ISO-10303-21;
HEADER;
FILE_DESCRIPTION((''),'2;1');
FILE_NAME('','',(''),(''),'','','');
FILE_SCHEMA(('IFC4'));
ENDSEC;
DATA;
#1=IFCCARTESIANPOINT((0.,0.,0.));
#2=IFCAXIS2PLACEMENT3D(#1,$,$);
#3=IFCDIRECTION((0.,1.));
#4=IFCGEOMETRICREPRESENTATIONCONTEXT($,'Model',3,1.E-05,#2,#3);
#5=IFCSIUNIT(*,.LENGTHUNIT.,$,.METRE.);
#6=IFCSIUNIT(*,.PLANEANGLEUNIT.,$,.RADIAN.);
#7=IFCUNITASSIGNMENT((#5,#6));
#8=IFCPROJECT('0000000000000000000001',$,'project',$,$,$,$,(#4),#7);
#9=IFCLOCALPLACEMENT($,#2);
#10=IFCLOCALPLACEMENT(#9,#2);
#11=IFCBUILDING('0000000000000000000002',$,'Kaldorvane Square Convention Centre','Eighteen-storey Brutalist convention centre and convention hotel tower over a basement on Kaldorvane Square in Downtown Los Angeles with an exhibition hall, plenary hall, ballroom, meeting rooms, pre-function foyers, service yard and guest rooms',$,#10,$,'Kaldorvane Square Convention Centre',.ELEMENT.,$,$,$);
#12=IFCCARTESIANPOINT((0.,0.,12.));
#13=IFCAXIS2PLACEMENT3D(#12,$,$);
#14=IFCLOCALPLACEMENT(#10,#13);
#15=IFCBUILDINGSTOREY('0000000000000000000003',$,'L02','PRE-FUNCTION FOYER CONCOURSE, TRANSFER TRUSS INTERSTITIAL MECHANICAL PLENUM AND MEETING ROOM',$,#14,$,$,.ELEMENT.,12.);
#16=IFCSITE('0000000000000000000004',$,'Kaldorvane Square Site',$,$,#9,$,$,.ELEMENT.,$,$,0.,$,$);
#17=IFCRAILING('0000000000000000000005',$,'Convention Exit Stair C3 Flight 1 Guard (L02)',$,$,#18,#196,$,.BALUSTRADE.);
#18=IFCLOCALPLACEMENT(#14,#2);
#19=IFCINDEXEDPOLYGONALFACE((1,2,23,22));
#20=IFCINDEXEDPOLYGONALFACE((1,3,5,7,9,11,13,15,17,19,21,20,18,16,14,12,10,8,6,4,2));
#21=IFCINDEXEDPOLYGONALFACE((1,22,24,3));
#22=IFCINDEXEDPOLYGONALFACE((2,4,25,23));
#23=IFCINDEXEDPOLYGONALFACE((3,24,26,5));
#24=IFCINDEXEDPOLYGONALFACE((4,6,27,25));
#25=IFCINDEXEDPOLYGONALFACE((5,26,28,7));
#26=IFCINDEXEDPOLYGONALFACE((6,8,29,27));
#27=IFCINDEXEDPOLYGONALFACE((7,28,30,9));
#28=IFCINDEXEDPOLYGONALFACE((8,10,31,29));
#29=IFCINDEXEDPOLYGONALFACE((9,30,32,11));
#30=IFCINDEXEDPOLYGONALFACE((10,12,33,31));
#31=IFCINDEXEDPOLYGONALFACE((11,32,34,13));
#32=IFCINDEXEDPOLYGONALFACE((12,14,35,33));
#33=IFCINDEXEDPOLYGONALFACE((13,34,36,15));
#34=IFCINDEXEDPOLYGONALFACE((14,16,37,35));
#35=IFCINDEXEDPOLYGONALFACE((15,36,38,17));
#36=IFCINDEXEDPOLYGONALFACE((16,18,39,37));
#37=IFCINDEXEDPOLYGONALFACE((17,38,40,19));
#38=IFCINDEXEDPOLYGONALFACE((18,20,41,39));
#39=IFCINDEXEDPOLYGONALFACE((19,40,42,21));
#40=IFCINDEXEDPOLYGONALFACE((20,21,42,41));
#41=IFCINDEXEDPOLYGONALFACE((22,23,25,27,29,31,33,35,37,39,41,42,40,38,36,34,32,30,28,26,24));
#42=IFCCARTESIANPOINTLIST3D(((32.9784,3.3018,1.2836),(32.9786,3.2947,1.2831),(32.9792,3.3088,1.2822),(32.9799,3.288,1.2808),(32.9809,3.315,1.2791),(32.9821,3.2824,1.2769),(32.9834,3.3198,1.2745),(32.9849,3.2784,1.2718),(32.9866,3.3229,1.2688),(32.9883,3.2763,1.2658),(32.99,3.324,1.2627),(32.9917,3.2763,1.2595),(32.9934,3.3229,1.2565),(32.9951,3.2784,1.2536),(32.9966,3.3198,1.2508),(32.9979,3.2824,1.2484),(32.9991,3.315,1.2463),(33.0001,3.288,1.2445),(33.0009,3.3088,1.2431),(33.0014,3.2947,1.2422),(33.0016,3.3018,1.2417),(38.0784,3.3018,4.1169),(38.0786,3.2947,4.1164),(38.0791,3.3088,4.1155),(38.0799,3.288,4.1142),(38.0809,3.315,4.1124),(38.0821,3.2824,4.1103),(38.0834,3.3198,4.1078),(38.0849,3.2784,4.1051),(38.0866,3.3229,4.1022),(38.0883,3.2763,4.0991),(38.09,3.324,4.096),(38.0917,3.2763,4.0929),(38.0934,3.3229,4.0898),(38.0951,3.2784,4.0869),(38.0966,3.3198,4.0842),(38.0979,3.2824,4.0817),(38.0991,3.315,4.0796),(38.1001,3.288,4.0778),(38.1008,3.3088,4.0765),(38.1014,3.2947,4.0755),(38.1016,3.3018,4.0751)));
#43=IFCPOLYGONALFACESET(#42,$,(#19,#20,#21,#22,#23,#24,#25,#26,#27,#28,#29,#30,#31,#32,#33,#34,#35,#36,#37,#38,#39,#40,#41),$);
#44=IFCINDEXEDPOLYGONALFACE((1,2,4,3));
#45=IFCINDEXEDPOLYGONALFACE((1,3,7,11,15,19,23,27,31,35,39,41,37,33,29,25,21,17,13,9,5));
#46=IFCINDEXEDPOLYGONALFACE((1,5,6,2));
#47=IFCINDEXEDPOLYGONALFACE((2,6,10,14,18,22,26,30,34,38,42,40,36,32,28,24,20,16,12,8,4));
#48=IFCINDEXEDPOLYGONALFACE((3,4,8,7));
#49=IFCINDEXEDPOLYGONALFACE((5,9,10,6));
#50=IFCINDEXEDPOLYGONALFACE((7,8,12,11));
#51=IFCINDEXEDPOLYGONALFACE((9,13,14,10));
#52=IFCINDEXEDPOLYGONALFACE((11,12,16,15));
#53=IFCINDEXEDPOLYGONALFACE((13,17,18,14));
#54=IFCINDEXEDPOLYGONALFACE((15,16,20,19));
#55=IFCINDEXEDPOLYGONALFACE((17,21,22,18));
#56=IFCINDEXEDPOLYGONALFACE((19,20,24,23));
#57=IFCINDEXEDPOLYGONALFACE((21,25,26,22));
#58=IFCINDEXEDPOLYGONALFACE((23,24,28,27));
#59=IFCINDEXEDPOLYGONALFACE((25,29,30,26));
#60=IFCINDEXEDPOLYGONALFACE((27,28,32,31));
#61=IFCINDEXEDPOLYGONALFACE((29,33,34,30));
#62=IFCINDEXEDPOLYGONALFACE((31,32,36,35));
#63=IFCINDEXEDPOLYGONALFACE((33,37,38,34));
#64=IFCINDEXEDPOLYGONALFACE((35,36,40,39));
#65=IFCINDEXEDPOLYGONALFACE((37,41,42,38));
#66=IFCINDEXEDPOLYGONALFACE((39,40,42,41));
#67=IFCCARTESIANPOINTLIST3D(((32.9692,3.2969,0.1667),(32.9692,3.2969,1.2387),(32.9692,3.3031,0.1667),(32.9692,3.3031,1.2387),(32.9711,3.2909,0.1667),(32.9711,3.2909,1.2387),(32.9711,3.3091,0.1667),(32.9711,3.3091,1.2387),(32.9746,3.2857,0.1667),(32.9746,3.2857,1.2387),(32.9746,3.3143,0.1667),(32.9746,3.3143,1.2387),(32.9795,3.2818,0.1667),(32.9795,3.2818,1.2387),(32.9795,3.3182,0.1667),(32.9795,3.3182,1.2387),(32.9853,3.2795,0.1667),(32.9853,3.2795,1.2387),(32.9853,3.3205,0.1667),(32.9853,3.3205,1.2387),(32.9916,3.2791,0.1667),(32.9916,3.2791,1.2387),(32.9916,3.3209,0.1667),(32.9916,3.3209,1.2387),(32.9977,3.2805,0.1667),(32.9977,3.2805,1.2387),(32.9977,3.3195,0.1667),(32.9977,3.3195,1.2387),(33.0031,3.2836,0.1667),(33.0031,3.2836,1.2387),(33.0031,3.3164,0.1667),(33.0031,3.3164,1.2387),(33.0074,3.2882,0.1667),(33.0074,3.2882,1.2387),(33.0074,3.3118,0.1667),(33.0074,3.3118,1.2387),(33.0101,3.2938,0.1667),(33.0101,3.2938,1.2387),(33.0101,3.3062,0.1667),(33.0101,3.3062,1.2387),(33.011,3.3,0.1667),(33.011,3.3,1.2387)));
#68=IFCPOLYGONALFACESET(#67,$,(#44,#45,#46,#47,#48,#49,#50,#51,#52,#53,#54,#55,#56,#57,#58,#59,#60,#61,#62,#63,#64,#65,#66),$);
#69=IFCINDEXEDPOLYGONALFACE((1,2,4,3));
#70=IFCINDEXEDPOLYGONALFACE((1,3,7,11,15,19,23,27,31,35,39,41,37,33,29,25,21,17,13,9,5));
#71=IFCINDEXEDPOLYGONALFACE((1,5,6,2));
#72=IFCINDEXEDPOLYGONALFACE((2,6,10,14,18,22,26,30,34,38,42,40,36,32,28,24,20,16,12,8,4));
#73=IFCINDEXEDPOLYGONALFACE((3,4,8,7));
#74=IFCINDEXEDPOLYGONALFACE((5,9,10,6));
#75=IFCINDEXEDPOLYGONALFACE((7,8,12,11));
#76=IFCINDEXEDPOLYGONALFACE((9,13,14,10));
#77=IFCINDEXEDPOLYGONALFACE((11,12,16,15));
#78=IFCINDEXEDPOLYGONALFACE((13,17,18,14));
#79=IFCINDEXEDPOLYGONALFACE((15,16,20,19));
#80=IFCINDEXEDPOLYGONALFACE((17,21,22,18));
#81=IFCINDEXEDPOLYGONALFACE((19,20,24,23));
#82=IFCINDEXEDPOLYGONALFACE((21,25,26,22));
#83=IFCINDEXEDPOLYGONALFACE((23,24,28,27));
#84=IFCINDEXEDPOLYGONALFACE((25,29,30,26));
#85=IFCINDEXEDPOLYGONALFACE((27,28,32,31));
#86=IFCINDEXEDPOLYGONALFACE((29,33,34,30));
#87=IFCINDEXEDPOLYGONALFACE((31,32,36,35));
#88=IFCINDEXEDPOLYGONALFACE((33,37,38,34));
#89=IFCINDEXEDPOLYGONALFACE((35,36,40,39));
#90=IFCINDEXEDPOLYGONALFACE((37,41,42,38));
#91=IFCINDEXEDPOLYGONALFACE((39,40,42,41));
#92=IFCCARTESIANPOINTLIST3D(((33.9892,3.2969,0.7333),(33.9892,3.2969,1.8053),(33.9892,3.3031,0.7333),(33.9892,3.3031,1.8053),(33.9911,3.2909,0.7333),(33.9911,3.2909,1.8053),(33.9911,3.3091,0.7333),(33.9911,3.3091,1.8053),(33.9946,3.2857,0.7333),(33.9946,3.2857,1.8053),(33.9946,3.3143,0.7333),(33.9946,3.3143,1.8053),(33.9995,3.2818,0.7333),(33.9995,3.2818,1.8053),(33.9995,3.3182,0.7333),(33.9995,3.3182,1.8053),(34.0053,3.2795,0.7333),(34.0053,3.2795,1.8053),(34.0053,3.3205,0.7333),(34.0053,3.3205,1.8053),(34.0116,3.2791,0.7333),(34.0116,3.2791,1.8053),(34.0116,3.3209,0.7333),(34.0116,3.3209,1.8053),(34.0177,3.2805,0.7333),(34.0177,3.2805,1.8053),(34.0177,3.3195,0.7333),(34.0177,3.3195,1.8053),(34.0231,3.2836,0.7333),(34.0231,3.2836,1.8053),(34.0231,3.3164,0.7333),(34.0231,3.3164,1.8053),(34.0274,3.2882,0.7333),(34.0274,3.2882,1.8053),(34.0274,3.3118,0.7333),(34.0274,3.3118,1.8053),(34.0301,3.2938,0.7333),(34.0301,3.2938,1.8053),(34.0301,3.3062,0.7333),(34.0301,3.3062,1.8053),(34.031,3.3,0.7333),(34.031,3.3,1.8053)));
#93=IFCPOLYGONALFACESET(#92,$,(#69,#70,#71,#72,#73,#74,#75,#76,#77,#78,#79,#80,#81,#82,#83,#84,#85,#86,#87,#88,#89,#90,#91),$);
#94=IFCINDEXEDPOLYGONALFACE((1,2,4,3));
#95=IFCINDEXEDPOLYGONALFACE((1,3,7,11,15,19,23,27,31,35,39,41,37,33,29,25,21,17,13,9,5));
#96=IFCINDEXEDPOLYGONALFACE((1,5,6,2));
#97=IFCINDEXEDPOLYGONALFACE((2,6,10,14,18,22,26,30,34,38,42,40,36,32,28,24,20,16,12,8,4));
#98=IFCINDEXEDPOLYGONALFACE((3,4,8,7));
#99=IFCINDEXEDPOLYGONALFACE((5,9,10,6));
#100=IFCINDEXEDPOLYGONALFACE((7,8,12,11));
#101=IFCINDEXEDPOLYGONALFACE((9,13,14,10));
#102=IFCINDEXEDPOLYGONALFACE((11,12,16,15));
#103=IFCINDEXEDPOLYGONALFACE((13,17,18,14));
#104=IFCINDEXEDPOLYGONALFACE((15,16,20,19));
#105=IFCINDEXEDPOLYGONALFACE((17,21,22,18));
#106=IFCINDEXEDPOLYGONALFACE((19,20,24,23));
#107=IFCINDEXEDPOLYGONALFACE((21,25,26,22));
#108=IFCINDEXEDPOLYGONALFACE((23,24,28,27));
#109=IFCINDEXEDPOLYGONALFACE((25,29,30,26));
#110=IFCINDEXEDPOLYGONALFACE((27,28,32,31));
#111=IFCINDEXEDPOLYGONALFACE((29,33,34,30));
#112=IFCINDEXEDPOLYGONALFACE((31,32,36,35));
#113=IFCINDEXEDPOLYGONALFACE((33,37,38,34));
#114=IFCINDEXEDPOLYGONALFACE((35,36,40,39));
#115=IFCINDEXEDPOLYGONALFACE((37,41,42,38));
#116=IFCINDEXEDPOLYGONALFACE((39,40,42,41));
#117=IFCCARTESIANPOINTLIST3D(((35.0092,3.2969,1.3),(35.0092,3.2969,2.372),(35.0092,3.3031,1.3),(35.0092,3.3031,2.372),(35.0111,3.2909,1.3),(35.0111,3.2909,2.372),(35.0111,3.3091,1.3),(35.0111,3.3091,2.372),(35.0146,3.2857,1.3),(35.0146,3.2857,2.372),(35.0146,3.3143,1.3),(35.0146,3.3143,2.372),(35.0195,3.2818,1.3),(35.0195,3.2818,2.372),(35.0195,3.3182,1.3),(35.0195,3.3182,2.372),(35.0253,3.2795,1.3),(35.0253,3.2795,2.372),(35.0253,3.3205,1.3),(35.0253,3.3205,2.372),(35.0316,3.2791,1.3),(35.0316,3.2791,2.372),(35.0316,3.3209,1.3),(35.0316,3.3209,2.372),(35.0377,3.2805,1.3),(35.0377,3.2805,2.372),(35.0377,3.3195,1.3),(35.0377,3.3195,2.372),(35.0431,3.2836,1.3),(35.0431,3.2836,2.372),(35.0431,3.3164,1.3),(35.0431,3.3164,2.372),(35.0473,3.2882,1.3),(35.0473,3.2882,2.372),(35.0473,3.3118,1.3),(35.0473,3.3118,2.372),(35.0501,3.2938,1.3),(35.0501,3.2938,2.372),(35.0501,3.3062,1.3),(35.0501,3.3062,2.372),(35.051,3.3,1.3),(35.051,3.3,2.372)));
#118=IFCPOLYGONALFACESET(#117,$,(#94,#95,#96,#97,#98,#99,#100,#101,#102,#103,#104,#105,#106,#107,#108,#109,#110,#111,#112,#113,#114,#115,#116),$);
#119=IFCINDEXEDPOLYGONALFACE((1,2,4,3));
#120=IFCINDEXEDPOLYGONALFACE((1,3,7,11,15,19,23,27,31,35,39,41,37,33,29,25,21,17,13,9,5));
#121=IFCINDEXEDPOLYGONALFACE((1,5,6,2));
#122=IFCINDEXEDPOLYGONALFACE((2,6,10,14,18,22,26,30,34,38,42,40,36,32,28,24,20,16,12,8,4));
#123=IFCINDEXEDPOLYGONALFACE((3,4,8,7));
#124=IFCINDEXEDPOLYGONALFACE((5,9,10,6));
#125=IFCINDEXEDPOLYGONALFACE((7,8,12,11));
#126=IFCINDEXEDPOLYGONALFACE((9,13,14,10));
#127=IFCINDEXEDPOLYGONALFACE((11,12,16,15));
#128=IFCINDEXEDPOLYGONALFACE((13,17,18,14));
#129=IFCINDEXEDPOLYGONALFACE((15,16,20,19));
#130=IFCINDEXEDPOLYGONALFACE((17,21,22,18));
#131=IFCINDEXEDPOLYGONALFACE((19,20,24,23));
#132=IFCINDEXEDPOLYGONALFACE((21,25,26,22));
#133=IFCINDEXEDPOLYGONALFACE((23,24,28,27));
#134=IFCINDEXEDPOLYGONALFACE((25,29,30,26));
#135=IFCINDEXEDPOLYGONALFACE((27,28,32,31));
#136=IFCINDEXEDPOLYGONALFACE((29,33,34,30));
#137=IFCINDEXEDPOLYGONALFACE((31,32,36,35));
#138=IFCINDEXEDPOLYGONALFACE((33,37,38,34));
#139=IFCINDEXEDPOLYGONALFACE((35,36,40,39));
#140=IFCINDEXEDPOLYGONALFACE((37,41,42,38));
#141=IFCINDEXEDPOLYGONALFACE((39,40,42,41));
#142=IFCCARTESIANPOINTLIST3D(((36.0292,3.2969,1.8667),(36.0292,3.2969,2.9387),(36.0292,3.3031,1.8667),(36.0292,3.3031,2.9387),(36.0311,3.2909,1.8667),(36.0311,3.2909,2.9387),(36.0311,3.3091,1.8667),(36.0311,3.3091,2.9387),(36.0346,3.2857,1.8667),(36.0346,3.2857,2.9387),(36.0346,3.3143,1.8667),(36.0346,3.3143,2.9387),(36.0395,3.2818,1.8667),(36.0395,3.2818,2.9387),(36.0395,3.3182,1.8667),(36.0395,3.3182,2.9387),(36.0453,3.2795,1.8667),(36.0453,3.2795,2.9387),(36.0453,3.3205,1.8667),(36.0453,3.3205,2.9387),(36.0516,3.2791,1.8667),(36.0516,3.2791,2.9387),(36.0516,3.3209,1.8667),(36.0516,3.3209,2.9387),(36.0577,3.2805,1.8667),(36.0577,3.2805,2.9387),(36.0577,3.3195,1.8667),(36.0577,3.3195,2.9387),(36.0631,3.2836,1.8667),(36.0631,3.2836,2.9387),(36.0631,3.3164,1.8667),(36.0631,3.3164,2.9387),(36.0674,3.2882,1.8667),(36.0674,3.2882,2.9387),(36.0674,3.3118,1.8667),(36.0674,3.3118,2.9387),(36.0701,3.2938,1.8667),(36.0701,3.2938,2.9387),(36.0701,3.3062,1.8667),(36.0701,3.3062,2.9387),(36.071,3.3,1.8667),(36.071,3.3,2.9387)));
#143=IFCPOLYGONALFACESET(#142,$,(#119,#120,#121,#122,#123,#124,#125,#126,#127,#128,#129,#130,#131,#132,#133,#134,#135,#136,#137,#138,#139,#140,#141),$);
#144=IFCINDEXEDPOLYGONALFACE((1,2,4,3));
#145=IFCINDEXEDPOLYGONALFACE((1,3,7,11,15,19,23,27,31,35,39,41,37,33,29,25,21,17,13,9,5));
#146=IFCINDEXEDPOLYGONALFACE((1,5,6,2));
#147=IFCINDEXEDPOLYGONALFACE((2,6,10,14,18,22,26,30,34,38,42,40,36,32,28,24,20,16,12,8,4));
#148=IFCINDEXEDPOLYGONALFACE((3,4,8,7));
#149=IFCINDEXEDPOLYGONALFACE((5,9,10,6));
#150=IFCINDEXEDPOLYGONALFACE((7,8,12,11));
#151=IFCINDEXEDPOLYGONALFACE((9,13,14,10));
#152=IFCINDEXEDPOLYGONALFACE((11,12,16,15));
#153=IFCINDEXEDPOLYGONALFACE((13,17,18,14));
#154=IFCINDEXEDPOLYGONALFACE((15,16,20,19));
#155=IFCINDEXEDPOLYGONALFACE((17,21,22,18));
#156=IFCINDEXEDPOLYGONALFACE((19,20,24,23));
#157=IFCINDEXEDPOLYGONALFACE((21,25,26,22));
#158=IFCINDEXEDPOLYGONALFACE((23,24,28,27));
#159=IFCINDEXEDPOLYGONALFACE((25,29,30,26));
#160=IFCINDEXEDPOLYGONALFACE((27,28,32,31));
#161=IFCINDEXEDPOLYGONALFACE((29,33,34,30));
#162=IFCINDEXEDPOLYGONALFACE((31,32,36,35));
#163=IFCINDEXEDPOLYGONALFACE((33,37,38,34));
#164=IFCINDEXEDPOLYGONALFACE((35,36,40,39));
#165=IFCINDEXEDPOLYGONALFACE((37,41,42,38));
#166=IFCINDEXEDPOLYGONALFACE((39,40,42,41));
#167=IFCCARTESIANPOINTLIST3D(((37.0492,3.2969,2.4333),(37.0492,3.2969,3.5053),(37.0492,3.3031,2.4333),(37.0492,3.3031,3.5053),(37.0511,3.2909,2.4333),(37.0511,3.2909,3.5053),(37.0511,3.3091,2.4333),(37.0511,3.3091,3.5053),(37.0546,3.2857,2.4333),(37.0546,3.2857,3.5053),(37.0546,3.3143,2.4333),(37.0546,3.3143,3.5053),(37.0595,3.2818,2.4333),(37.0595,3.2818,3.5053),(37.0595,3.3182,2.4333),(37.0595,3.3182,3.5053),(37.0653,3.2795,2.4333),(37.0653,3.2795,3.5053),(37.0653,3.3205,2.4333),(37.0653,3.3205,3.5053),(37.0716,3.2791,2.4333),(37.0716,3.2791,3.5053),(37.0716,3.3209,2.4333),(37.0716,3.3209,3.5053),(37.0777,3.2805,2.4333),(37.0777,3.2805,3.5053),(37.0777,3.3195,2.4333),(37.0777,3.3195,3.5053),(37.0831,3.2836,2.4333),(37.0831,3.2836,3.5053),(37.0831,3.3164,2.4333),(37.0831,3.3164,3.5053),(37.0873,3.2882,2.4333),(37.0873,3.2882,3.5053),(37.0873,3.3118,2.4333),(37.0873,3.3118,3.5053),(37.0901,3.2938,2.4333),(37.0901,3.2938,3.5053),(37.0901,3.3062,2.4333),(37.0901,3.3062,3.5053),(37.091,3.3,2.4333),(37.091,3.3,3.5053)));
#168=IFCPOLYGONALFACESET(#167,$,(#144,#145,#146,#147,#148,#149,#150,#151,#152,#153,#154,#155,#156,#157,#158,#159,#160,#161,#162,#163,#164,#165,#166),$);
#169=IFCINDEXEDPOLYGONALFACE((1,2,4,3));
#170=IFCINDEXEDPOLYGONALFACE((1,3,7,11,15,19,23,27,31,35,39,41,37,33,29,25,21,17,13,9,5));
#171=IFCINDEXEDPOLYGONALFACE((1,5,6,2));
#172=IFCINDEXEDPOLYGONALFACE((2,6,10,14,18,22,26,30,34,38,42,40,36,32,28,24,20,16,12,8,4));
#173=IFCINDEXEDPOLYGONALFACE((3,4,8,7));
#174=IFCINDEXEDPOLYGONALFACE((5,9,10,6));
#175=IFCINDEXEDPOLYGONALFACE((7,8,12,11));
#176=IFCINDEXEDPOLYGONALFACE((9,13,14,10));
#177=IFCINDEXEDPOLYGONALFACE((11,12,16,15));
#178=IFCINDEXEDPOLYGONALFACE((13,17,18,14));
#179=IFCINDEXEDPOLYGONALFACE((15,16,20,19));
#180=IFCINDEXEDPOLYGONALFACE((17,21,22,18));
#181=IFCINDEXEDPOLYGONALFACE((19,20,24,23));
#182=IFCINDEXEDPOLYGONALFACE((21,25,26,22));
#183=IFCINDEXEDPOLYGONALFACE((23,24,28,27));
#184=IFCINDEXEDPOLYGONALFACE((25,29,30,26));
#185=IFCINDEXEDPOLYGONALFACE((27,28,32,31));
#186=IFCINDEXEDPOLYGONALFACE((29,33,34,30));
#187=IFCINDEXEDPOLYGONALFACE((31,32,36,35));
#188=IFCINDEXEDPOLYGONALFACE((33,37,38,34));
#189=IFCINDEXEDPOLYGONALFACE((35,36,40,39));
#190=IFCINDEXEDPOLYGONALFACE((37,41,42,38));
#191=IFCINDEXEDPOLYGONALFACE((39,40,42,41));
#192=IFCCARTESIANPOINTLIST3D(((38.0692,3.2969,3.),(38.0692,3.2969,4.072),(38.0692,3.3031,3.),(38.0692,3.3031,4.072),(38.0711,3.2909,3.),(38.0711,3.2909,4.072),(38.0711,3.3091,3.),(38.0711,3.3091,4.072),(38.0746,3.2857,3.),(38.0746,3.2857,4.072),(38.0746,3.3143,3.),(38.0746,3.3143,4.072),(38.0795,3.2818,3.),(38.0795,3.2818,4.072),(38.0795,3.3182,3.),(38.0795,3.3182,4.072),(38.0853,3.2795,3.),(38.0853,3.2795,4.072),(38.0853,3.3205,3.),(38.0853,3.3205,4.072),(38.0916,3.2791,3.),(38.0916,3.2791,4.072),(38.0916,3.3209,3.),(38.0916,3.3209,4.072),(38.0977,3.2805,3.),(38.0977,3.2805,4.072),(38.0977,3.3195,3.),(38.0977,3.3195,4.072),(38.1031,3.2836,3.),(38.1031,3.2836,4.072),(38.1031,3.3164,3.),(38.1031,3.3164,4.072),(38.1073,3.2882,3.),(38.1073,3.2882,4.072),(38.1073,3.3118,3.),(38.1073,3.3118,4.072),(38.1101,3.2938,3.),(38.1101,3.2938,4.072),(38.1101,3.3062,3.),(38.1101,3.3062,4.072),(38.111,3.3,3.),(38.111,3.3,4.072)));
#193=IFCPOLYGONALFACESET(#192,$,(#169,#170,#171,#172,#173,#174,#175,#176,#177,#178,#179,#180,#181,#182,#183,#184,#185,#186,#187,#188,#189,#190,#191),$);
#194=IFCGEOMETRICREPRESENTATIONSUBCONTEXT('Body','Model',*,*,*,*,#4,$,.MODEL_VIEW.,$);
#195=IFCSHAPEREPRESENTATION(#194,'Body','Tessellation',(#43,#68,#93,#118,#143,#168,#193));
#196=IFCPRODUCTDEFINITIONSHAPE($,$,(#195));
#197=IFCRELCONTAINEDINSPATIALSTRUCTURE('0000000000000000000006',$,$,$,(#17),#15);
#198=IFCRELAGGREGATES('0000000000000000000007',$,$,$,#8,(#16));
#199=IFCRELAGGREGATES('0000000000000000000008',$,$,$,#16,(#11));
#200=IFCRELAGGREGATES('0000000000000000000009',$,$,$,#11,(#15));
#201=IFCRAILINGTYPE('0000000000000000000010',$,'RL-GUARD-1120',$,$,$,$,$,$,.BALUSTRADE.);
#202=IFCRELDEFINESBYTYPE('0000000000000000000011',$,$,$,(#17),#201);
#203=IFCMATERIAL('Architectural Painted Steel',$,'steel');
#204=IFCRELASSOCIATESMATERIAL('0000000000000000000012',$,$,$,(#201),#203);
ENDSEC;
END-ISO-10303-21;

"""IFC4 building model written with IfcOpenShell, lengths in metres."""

from ifc_helpers import new_model, si_unit, direction, frame, origin, origin_2d, place, context, subcontext, project, spatial, circle, extrude, material, type_object, element, save


model = new_model("IFC4")

# Units and contexts
model_context = context("Model", 3, precision=1e-05, world=origin(), true_north=direction((0.0, 1.0)))
body_context = subcontext(model_context, "Body", "Model", "MODEL_VIEW")
ifc_project = project(units=[si_unit("LENGTHUNIT", "METRE"), si_unit("PLANEANGLEUNIT", "RADIAN")], contexts=[model_context])

# Site, building, storey
site_placement = place(None, origin())
site = spatial("IfcSite", under=ifc_project, at=site_placement, Name="Kaldorvane Square Site", CompositionType="ELEMENT", RefElevation=0.0)
building_placement = place(site_placement, origin())
building = spatial("IfcBuilding", under=site, at=building_placement, Name="Kaldorvane Square Convention Centre", Description="Eighteen-storey Brutalist convention centre and convention hotel tower over a basement on Kaldorvane Square in Downtown Los Angeles with an exhibition hall, plenary hall, ballroom, meeting rooms, pre-function foyers, service yard and guest rooms", LongName="Kaldorvane Square Convention Centre", CompositionType="ELEMENT")
storey_placement = place(building_placement, frame((0.0, 0.0, 12.0)))
storey = spatial("IfcBuildingStorey", under=building, at=storey_placement, Name="L02", Description="PRE-FUNCTION FOYER CONCOURSE, TRANSFER TRUSS INTERSTITIAL MECHANICAL PLENUM AND MEETING ROOM", CompositionType="ELEMENT", Elevation=12.0)

# Railing
ifc_material_1 = material(Name="Architectural Painted Steel", Category="steel")
railing_type_1 = type_object("IfcRailingType", Name="RL-GUARD-1120", PredefinedType="BALUSTRADE", material=ifc_material_1)
railing_1_placement = place(storey_placement, frame((32.99, 3.3, 0.1667)))
element("IfcRailing", 1, at=railing_1_placement, inside=storey, type_object=railing_type_1, Name="Convention Exit Stair C3 Flight 1 Guard (L02)", PredefinedType="BALUSTRADE", context=body_context, shape_type="SweptSolid", body=[
    extrude(circle(Radius=0.024, at=origin_2d()), frame((0.0, 0.0, 1.096), z_axis=(0.874157, 0.0, 0.485643), x_axis=(0.0, 1.0, 0.0)), (0.0, 0.0, 1.0), 5.8342),
    extrude(circle(Radius=0.021, at=origin_2d()), origin(), (0.0, 0.0, 1.0), 1.072),
    extrude(circle(Radius=0.021, at=origin_2d()), frame((1.02, 0.0, 0.5667)), (0.0, 0.0, 1.0), 1.072),
    extrude(circle(Radius=0.021, at=origin_2d()), frame((2.04, 0.0, 1.1333)), (0.0, 0.0, 1.0), 1.072),
    extrude(circle(Radius=0.021, at=origin_2d()), frame((3.06, 0.0, 1.7)), (0.0, 0.0, 1.0), 1.072),
    extrude(circle(Radius=0.021, at=origin_2d()), frame((4.08, 0.0, 2.2667)), (0.0, 0.0, 1.0), 1.072),
    extrude(circle(Radius=0.021, at=origin_2d()), frame((5.1, 0.0, 2.8333)), (0.0, 0.0, 1.0), 1.072),
])

save(model, "model.ifc")
